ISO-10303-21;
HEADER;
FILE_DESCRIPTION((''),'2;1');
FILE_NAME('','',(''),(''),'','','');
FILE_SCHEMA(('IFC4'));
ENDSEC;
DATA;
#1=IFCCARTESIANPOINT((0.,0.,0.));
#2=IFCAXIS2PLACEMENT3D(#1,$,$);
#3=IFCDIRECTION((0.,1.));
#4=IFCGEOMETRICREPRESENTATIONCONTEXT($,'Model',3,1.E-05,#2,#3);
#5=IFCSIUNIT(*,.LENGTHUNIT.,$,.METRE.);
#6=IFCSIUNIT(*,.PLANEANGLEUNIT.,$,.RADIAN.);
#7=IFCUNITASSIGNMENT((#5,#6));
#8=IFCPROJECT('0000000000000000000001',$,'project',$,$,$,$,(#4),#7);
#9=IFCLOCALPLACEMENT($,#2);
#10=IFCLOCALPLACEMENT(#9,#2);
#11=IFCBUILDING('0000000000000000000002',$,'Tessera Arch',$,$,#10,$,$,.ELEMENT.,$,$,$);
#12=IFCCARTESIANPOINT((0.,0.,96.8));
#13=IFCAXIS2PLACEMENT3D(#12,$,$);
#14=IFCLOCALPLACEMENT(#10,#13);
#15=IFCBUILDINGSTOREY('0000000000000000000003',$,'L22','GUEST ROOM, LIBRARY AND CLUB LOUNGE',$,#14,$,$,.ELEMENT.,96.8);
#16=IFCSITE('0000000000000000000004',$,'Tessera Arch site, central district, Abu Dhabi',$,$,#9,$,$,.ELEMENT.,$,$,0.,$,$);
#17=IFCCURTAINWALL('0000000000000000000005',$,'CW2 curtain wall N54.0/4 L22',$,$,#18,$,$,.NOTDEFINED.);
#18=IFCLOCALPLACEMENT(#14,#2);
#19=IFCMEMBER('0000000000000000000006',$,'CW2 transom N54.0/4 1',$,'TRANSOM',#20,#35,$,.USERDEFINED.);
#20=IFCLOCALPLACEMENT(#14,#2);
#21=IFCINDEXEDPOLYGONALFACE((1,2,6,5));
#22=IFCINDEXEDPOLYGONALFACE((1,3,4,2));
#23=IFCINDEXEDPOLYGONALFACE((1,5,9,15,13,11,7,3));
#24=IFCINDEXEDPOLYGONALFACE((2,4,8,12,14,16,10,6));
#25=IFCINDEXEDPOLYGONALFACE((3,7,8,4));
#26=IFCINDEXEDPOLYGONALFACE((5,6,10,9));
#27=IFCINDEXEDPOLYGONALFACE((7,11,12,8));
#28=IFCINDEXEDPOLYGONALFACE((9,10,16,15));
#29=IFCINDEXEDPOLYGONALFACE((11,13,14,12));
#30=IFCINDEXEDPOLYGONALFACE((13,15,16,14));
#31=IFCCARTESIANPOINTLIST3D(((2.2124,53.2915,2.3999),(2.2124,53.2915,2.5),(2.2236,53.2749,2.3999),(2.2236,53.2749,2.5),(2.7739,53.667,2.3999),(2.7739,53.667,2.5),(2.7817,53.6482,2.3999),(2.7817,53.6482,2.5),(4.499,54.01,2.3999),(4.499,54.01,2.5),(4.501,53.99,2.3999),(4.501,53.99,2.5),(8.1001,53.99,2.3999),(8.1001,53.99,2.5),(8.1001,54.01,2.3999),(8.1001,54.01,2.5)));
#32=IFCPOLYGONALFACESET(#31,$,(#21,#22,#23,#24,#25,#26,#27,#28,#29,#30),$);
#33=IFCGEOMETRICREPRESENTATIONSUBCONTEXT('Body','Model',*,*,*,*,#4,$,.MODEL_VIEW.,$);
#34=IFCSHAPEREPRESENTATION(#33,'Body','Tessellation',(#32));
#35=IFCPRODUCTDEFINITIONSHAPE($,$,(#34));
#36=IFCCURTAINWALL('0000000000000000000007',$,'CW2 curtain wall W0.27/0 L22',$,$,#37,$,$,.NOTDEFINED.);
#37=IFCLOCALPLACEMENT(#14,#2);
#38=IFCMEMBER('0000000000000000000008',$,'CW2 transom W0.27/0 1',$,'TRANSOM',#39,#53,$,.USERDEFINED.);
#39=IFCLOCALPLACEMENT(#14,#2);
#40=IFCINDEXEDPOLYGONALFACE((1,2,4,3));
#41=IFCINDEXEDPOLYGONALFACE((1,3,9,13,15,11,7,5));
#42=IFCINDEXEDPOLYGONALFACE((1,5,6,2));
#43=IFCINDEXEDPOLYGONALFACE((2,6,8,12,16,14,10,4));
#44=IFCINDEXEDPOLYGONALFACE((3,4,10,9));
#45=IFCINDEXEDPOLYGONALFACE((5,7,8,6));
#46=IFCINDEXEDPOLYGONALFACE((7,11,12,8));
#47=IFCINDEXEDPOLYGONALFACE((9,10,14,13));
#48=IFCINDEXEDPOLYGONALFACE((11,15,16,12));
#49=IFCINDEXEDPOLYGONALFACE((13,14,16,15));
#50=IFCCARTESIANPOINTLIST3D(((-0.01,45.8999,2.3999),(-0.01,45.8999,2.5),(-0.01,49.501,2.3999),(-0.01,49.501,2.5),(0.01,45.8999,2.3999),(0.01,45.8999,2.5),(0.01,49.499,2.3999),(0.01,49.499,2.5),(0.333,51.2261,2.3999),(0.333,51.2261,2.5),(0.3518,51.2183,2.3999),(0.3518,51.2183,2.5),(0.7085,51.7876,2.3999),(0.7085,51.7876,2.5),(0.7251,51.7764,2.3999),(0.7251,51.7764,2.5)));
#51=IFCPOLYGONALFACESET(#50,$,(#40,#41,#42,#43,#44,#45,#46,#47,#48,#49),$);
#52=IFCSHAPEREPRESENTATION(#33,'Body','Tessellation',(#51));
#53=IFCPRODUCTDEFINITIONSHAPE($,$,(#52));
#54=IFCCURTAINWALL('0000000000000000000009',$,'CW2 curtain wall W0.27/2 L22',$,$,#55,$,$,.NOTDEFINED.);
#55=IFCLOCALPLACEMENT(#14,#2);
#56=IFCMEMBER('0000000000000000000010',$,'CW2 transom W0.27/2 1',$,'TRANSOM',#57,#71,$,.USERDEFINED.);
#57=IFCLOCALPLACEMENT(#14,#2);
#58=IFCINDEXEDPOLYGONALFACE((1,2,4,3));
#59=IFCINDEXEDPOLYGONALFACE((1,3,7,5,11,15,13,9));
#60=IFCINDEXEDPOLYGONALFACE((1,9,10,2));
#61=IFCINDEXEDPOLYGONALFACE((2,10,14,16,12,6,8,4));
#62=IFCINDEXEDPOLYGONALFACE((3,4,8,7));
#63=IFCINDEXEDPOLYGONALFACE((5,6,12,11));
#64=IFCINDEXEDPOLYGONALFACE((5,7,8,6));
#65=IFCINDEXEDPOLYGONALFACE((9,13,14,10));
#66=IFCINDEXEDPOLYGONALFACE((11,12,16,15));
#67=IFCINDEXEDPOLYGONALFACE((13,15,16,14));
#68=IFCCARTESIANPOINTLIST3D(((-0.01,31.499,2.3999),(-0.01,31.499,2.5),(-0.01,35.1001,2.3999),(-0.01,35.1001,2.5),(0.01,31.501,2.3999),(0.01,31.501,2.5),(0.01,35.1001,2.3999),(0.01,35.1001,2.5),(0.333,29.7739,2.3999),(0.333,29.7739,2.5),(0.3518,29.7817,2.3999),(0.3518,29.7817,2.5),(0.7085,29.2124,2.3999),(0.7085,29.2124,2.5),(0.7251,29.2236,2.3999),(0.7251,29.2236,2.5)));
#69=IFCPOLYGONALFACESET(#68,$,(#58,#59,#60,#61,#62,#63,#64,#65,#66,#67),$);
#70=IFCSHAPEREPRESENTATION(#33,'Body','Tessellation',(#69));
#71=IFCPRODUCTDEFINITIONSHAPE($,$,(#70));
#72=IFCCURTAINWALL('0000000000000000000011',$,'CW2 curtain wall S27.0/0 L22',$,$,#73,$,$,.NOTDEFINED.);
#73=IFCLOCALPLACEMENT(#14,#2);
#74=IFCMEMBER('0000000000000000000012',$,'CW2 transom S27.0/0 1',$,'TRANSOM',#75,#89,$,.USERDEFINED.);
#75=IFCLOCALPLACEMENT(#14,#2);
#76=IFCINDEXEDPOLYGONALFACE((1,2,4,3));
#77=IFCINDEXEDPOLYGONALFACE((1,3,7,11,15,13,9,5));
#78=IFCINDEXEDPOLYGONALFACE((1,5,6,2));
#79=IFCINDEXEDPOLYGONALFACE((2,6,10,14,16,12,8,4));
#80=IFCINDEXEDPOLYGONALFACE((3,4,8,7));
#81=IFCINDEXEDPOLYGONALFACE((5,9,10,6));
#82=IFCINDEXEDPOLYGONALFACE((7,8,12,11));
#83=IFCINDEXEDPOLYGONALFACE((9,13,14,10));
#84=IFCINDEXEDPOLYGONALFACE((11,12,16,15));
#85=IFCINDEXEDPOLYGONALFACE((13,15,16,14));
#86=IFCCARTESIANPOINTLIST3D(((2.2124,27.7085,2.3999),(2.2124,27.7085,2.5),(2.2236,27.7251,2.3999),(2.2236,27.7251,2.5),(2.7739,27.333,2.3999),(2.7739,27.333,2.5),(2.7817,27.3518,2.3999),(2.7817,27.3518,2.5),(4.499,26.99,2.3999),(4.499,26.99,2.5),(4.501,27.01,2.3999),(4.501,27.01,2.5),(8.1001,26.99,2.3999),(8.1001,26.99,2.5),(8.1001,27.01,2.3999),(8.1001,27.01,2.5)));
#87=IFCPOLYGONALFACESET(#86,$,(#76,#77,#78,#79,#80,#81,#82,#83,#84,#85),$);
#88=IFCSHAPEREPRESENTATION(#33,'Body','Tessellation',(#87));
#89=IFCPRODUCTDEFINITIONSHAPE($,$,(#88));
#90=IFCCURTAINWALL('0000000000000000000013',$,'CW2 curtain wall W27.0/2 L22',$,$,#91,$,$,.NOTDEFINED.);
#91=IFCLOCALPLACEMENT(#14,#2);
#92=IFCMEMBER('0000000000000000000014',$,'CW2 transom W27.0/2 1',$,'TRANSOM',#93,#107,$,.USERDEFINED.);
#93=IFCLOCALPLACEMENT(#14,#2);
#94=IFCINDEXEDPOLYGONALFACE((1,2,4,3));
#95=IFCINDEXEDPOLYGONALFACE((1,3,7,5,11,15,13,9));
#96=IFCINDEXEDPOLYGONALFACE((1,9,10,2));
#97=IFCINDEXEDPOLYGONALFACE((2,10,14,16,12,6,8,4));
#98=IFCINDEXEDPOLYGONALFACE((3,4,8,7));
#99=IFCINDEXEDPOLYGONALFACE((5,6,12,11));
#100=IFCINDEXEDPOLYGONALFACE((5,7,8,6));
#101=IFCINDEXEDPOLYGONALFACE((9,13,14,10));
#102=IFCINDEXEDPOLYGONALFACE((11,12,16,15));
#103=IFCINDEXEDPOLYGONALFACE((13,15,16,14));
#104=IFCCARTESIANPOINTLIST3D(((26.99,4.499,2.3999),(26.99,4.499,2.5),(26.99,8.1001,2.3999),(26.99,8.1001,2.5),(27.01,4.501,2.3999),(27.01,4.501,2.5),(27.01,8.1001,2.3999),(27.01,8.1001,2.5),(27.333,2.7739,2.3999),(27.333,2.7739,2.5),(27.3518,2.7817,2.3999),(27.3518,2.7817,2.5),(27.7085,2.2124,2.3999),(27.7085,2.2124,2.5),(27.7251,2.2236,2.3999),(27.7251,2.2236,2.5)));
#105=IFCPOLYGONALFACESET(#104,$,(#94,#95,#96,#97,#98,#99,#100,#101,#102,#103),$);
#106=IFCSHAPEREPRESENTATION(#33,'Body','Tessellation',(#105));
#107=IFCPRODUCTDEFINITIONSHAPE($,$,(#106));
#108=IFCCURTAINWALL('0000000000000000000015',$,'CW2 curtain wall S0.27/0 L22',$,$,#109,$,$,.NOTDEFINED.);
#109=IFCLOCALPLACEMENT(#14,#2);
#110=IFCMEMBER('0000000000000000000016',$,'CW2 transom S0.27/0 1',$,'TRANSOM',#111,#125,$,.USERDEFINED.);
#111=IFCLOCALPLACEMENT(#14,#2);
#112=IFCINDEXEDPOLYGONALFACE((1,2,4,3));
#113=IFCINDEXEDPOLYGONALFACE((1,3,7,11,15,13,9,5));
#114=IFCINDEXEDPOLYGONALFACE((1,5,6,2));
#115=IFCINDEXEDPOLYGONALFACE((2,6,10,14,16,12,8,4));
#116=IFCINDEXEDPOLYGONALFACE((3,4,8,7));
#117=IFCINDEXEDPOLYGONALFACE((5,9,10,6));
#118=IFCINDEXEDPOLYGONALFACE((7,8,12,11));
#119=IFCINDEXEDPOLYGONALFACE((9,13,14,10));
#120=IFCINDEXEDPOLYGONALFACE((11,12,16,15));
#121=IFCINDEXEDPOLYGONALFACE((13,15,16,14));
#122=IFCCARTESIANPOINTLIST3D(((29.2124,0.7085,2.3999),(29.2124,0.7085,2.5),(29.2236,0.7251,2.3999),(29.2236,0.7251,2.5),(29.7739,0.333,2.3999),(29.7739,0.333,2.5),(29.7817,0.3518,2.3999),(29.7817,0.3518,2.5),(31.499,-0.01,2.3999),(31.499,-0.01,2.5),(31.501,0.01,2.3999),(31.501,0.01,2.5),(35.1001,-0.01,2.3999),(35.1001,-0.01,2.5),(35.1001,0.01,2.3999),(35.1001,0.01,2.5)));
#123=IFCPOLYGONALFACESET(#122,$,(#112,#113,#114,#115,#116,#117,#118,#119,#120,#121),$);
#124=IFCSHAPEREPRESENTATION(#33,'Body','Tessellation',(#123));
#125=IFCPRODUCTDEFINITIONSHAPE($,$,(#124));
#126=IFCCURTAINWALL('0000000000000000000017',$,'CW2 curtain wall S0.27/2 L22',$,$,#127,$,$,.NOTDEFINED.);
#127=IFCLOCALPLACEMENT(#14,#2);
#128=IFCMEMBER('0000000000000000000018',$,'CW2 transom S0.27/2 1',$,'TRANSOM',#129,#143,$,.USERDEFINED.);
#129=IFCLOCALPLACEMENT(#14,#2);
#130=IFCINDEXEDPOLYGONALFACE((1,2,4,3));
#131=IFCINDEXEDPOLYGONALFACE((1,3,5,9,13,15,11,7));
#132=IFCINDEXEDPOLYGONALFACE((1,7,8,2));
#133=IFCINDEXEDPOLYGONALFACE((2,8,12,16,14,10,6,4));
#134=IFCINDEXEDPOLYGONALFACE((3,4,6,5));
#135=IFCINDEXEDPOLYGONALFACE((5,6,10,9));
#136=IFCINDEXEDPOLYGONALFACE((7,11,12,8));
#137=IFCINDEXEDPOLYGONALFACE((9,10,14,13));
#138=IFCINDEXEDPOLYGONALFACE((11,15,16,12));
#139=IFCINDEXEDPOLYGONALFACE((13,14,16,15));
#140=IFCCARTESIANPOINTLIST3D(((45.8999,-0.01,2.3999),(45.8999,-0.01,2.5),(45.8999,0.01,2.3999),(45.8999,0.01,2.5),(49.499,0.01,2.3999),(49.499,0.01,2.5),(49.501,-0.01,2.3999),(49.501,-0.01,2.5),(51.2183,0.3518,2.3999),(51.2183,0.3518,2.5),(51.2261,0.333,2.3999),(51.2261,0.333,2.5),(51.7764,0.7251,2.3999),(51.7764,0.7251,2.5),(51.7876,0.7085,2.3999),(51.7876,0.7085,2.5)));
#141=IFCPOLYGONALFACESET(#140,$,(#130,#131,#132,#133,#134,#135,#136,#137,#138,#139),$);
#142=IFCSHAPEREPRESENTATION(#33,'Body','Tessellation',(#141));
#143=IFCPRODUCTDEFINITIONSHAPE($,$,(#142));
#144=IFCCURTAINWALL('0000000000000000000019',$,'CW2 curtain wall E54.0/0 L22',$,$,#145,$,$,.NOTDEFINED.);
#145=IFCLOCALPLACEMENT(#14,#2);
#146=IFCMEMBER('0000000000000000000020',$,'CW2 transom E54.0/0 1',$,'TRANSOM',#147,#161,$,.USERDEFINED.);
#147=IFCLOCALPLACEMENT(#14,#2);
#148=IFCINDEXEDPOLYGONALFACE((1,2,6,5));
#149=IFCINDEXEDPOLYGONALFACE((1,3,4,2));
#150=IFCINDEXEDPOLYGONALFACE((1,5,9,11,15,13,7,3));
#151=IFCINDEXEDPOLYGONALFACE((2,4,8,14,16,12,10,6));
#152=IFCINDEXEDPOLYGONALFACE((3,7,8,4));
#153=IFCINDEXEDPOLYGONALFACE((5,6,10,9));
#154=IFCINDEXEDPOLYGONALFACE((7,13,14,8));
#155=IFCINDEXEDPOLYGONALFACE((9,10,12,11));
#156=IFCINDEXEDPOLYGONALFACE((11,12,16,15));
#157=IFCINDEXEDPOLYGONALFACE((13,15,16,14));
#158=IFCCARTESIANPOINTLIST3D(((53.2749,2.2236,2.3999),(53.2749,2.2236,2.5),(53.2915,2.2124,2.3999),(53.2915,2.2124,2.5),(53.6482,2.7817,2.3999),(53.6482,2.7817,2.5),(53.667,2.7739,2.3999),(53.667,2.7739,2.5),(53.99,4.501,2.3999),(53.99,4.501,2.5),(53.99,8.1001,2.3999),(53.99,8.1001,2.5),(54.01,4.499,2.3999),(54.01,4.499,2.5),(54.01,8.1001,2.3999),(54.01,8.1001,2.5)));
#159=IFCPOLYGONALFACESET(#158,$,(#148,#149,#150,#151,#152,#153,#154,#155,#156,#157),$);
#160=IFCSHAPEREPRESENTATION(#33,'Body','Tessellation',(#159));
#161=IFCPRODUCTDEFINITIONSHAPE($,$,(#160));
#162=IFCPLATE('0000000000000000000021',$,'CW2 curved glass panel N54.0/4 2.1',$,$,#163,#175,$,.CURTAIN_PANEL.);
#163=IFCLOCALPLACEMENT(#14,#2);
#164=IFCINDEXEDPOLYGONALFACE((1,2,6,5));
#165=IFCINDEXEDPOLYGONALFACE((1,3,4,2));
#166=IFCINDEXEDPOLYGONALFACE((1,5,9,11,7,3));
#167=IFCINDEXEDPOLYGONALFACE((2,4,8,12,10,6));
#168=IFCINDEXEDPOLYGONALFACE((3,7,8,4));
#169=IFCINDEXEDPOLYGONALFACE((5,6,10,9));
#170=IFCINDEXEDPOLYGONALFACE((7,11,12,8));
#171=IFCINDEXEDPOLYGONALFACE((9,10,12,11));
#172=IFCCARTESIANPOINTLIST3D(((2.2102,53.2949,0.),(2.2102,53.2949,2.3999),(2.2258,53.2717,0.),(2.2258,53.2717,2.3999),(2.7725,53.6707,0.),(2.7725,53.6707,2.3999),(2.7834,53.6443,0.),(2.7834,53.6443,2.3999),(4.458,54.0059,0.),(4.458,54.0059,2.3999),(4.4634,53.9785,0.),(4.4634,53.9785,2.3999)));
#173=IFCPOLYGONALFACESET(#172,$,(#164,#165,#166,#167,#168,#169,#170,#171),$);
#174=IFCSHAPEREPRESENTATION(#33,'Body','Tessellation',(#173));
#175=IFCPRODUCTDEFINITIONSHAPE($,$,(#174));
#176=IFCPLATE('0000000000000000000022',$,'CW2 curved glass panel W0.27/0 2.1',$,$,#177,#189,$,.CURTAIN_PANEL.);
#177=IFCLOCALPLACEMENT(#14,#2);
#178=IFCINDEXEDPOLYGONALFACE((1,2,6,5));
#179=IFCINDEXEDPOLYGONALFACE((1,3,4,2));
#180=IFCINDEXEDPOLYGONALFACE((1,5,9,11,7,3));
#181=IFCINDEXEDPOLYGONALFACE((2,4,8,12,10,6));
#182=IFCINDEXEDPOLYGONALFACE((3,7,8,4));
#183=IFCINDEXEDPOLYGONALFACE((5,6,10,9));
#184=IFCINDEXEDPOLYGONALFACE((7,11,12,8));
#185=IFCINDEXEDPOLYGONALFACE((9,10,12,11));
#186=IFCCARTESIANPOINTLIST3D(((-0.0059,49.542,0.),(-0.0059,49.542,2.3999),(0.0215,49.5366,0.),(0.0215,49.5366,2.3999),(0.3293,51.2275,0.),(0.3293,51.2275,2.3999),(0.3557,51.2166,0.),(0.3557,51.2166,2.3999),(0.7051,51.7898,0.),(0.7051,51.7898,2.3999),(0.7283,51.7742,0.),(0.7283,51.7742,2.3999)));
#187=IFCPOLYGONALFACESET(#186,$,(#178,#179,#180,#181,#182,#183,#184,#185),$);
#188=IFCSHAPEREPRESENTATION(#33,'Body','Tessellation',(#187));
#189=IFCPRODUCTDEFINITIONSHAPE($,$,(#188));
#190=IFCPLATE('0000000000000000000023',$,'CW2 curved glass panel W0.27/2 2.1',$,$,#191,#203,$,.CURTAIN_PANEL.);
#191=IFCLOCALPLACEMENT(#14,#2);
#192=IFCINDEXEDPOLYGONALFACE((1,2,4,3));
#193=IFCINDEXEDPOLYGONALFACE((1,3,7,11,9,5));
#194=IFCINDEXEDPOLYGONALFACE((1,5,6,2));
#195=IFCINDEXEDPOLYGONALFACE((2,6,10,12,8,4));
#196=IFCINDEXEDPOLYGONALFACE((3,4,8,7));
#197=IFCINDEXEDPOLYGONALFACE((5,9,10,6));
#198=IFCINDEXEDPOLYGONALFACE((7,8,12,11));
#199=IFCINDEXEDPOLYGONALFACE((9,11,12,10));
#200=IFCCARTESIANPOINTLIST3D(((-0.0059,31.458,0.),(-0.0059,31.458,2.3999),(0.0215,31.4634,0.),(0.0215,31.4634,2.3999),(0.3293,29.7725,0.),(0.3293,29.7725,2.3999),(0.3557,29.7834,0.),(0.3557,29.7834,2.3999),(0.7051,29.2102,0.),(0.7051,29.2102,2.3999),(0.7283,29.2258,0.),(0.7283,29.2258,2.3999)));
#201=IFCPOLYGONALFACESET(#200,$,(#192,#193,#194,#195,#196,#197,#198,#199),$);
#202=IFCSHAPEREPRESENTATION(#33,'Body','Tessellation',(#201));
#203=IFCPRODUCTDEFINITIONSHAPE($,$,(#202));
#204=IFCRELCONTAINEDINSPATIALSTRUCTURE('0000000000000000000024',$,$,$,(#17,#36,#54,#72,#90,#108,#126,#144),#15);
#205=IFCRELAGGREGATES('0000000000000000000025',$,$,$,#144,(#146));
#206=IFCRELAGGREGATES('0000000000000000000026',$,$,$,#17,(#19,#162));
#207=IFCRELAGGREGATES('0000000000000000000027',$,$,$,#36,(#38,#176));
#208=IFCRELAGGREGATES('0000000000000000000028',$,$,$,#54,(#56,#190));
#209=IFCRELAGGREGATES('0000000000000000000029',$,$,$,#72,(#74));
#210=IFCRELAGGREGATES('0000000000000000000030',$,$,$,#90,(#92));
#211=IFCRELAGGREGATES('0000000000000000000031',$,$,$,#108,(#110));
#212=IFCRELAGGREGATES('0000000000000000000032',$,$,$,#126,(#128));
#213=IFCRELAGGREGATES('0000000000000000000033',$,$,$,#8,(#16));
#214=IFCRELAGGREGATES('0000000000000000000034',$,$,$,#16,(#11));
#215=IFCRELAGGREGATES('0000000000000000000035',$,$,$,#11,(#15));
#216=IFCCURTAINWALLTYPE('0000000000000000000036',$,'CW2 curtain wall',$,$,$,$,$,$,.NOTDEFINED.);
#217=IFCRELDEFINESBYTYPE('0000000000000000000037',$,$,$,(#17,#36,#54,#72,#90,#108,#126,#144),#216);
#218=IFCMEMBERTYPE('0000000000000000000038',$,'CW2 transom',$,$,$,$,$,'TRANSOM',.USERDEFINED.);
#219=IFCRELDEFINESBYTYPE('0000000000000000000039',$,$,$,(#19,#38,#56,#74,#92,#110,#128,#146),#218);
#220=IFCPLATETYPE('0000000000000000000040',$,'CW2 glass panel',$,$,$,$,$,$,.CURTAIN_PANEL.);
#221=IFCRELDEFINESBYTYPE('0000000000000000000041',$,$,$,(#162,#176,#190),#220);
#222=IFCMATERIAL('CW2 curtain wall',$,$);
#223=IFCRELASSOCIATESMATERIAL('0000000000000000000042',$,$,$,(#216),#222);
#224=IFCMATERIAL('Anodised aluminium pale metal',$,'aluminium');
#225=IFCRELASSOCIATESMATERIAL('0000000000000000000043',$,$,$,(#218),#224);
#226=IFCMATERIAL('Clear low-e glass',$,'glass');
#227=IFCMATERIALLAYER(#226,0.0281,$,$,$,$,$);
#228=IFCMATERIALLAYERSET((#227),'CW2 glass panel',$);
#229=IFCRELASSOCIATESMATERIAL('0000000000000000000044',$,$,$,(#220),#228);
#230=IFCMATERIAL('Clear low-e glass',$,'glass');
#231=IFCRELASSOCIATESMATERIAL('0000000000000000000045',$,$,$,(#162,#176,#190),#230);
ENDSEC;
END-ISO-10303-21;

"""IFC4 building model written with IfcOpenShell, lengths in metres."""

from ifc_helpers import new_model, si_unit, direction, frame, origin, origin_2d, place, context, subcontext, project, spatial, polyline, rectangle, outline, extrude, material, layer, layer_set, material_profile, profile_set, type_object, element, aggregate, save


model = new_model("IFC4")

# Units and contexts
model_context = context("Model", 3, precision=1e-05, world=origin(), true_north=direction((0.0, 1.0)))
body_context = subcontext(model_context, "Body", "Model", "MODEL_VIEW")
ifc_project = project(units=[si_unit("LENGTHUNIT", "METRE"), si_unit("PLANEANGLEUNIT", "RADIAN")], contexts=[model_context])

# Site, building, storey
site_placement = place(None, origin())
site = spatial("IfcSite", under=ifc_project, at=site_placement, Name="Tessera Arch site, central district, Abu Dhabi", CompositionType="ELEMENT", RefElevation=0.0)
building_placement = place(site_placement, origin())
building = spatial("IfcBuilding", under=site, at=building_placement, Name="Tessera Arch", CompositionType="ELEMENT")
storey_placement = place(building_placement, frame((0.0, 0.0, 96.8)))
storey = spatial("IfcBuildingStorey", under=building, at=storey_placement, Name="L22", Description="GUEST ROOM, LIBRARY AND CLUB LOUNGE", CompositionType="ELEMENT", Elevation=96.8)

# Curtain walls, members
ifc_material_1 = material(Name="CW2 curtain wall")
curtain_wall_type = type_object("IfcCurtainWallType", Name="CW2 curtain wall", PredefinedType="NOTDEFINED", material=ifc_material_1)
curtain_wall_1_placement = place(storey_placement, origin())
curtain_wall_1 = element("IfcCurtainWall", 1, at=curtain_wall_1_placement, inside=storey, type_object=curtain_wall_type, Name="CW2 curtain wall N54.0/4 L22", PredefinedType="NOTDEFINED")
ifc_material_2 = material(Name="Anodised aluminium pale metal", Category="aluminium")
ifc_material_profile = material_profile(ifc_material_2, rectangle(XDim=0.2, YDim=0.1001, at=origin_2d()), Name="AL 200x100")
ifc_profile_set = profile_set([ifc_material_profile], Name="Anodised aluminium pale metal")
member_type = type_object("IfcMemberType", Name="CW2 transom", ElementType="TRANSOM", PredefinedType="USERDEFINED", material=ifc_profile_set)
member_1_placement = place(storey_placement, frame((0.0, 0.0, 2.3999)))
member_1 = element("IfcMember", 2, at=member_1_placement, type_object=member_type, Name="CW2 transom N54.0/4 1", ObjectType="TRANSOM", PredefinedType="USERDEFINED", context=body_context, shape_type="SweptSolid", body=[
    extrude(outline(polyline([(4.501, 53.99), (8.1001, 53.99), (8.1001, 54.01), (4.499, 54.01), (2.7739, 53.667), (2.2124, 53.2915), (2.2236, 53.2749), (2.7817, 53.6482), (4.501, 53.99)])), origin(), (0.0, 0.0, 1.0), 0.1001),
])
curtain_wall_2_placement = place(storey_placement, origin())
curtain_wall_2 = element("IfcCurtainWall", 3, at=curtain_wall_2_placement, inside=storey, type_object=curtain_wall_type, Name="CW2 curtain wall W0.27/0 L22", PredefinedType="NOTDEFINED")
member_2_placement = place(storey_placement, frame((0.0, 0.0, 2.3999)))
member_2 = element("IfcMember", 4, at=member_2_placement, type_object=member_type, Name="CW2 transom W0.27/0 1", ObjectType="TRANSOM", PredefinedType="USERDEFINED", context=body_context, shape_type="SweptSolid", body=[
    extrude(outline(polyline([(0.3518, 51.2183), (0.7251, 51.7764), (0.7085, 51.7876), (0.333, 51.2261), (-0.01, 49.501), (-0.01, 45.8999), (0.01, 45.8999), (0.01, 49.499), (0.3518, 51.2183)])), origin(), (0.0, 0.0, 1.0), 0.1001),
])
curtain_wall_3_placement = place(storey_placement, origin())
curtain_wall_3 = element("IfcCurtainWall", 5, at=curtain_wall_3_placement, inside=storey, type_object=curtain_wall_type, Name="CW2 curtain wall W0.27/2 L22", PredefinedType="NOTDEFINED")
member_3_placement = place(storey_placement, frame((0.0, 0.0, 2.3999)))
member_3 = element("IfcMember", 6, at=member_3_placement, type_object=member_type, Name="CW2 transom W0.27/2 1", ObjectType="TRANSOM", PredefinedType="USERDEFINED", context=body_context, shape_type="SweptSolid", body=[
    extrude(outline(polyline([(0.01, 31.501), (0.01, 35.1001), (-0.01, 35.1001), (-0.01, 31.499), (0.333, 29.7739), (0.7085, 29.2124), (0.7251, 29.2236), (0.3518, 29.7817), (0.01, 31.501)])), origin(), (0.0, 0.0, 1.0), 0.1001),
])
curtain_wall_4_placement = place(storey_placement, origin())
curtain_wall_4 = element("IfcCurtainWall", 7, at=curtain_wall_4_placement, inside=storey, type_object=curtain_wall_type, Name="CW2 curtain wall S27.0/0 L22", PredefinedType="NOTDEFINED")
member_4_placement = place(storey_placement, frame((0.0, 0.0, 2.3999)))
member_4 = element("IfcMember", 8, at=member_4_placement, type_object=member_type, Name="CW2 transom S27.0/0 1", ObjectType="TRANSOM", PredefinedType="USERDEFINED", context=body_context, shape_type="SweptSolid", body=[
    extrude(outline(polyline([(2.7817, 27.3518), (2.2236, 27.7251), (2.2124, 27.7085), (2.7739, 27.333), (4.499, 26.99), (8.1001, 26.99), (8.1001, 27.01), (4.501, 27.01), (2.7817, 27.3518)])), origin(), (0.0, 0.0, 1.0), 0.1001),
])
curtain_wall_5_placement = place(storey_placement, origin())
curtain_wall_5 = element("IfcCurtainWall", 9, at=curtain_wall_5_placement, inside=storey, type_object=curtain_wall_type, Name="CW2 curtain wall W27.0/2 L22", PredefinedType="NOTDEFINED")
member_5_placement = place(storey_placement, frame((0.0, 0.0, 2.3999)))
member_5 = element("IfcMember", 10, at=member_5_placement, type_object=member_type, Name="CW2 transom W27.0/2 1", ObjectType="TRANSOM", PredefinedType="USERDEFINED", context=body_context, shape_type="SweptSolid", body=[
    extrude(outline(polyline([(27.01, 4.501), (27.01, 8.1001), (26.99, 8.1001), (26.99, 4.499), (27.333, 2.7739), (27.7085, 2.2124), (27.7251, 2.2236), (27.3518, 2.7817), (27.01, 4.501)])), origin(), (0.0, 0.0, 1.0), 0.1001),
])
curtain_wall_6_placement = place(storey_placement, origin())
curtain_wall_6 = element("IfcCurtainWall", 11, at=curtain_wall_6_placement, inside=storey, type_object=curtain_wall_type, Name="CW2 curtain wall S0.27/0 L22", PredefinedType="NOTDEFINED")
member_6_placement = place(storey_placement, frame((0.0, 0.0, 2.3999)))
member_6 = element("IfcMember", 12, at=member_6_placement, type_object=member_type, Name="CW2 transom S0.27/0 1", ObjectType="TRANSOM", PredefinedType="USERDEFINED", context=body_context, shape_type="SweptSolid", body=[
    extrude(outline(polyline([(29.7817, 0.3518), (29.2236, 0.7251), (29.2124, 0.7085), (29.7739, 0.333), (31.499, -0.01), (35.1001, -0.01), (35.1001, 0.01), (31.501, 0.01), (29.7817, 0.3518)])), origin(), (0.0, 0.0, 1.0), 0.1001),
])
curtain_wall_7_placement = place(storey_placement, origin())
curtain_wall_7 = element("IfcCurtainWall", 13, at=curtain_wall_7_placement, inside=storey, type_object=curtain_wall_type, Name="CW2 curtain wall S0.27/2 L22", PredefinedType="NOTDEFINED")
member_7_placement = place(storey_placement, frame((0.0, 0.0, 2.3999)))
member_7 = element("IfcMember", 14, at=member_7_placement, type_object=member_type, Name="CW2 transom S0.27/2 1", ObjectType="TRANSOM", PredefinedType="USERDEFINED", context=body_context, shape_type="SweptSolid", body=[
    extrude(outline(polyline([(49.499, 0.01), (45.8999, 0.01), (45.8999, -0.01), (49.501, -0.01), (51.2261, 0.333), (51.7876, 0.7085), (51.7764, 0.7251), (51.2183, 0.3518), (49.499, 0.01)])), origin(), (0.0, 0.0, 1.0), 0.1001),
])
curtain_wall_8_placement = place(storey_placement, origin())
curtain_wall_8 = element("IfcCurtainWall", 15, at=curtain_wall_8_placement, inside=storey, type_object=curtain_wall_type, Name="CW2 curtain wall E54.0/0 L22", PredefinedType="NOTDEFINED")
member_8_placement = place(storey_placement, frame((0.0, 0.0, 2.3999)))
member_8 = element("IfcMember", 16, at=member_8_placement, type_object=member_type, Name="CW2 transom E54.0/0 1", ObjectType="TRANSOM", PredefinedType="USERDEFINED", context=body_context, shape_type="SweptSolid", body=[
    extrude(outline(polyline([(53.6482, 2.7817), (53.2749, 2.2236), (53.2915, 2.2124), (53.667, 2.7739), (54.01, 4.499), (54.01, 8.1001), (53.99, 8.1001), (53.99, 4.501), (53.6482, 2.7817)])), origin(), (0.0, 0.0, 1.0), 0.1001),
])

# Plates
ifc_material_3 = material(Name="Clear low-e glass", Category="glass")
ifc_material_4 = material(Name="Clear low-e glass", Category="glass")
ifc_layer_1 = layer(ifc_material_4, 0.0281)
ifc_layer_set_1 = layer_set([ifc_layer_1], Name="CW2 glass panel")
plate_type_1 = type_object("IfcPlateType", Name="CW2 glass panel", PredefinedType="CURTAIN_PANEL", material=ifc_layer_set_1)
plate_1_placement = place(storey_placement, origin())
plate_1 = element("IfcPlate", 17, at=plate_1_placement, type_object=plate_type_1, material=ifc_material_3, Name="CW2 curved glass panel N54.0/4 2.1", PredefinedType="CURTAIN_PANEL", context=body_context, shape_type="SweptSolid", body=[
    extrude(outline(polyline([(2.7834, 53.6443), (4.4634, 53.9785), (4.458, 54.0059), (2.7725, 53.6707), (2.2102, 53.2949), (2.2258, 53.2717), (2.7834, 53.6443)])), origin(), (0.0, 0.0, 1.0), 2.3999),
])
plate_2_placement = place(storey_placement, origin())
plate_2 = element("IfcPlate", 18, at=plate_2_placement, type_object=plate_type_1, material=ifc_material_3, Name="CW2 curved glass panel W0.27/0 2.1", PredefinedType="CURTAIN_PANEL", context=body_context, shape_type="SweptSolid", body=[
    extrude(outline(polyline([(0.3557, 51.2166), (0.7283, 51.7742), (0.7051, 51.7898), (0.3293, 51.2275), (-0.0059, 49.542), (0.0215, 49.5366), (0.3557, 51.2166)])), origin(), (0.0, 0.0, 1.0), 2.3999),
])
plate_3_placement = place(storey_placement, origin())
plate_3 = element("IfcPlate", 19, at=plate_3_placement, type_object=plate_type_1, material=ifc_material_3, Name="CW2 curved glass panel W0.27/2 2.1", PredefinedType="CURTAIN_PANEL", context=body_context, shape_type="SweptSolid", body=[
    extrude(outline(polyline([(0.3557, 29.7834), (0.0215, 31.4634), (-0.0059, 31.458), (0.3293, 29.7725), (0.7051, 29.2102), (0.7283, 29.2258), (0.3557, 29.7834)])), origin(), (0.0, 0.0, 1.0), 2.3999),
])
aggregate(curtain_wall_8, [member_8])
aggregate(curtain_wall_1, [member_1, plate_1])
aggregate(curtain_wall_2, [member_2, plate_2])
aggregate(curtain_wall_3, [member_3, plate_3])
aggregate(curtain_wall_4, [member_4])
aggregate(curtain_wall_5, [member_5])
aggregate(curtain_wall_6, [member_6])
aggregate(curtain_wall_7, [member_7])

save(model, "model.ifc")
